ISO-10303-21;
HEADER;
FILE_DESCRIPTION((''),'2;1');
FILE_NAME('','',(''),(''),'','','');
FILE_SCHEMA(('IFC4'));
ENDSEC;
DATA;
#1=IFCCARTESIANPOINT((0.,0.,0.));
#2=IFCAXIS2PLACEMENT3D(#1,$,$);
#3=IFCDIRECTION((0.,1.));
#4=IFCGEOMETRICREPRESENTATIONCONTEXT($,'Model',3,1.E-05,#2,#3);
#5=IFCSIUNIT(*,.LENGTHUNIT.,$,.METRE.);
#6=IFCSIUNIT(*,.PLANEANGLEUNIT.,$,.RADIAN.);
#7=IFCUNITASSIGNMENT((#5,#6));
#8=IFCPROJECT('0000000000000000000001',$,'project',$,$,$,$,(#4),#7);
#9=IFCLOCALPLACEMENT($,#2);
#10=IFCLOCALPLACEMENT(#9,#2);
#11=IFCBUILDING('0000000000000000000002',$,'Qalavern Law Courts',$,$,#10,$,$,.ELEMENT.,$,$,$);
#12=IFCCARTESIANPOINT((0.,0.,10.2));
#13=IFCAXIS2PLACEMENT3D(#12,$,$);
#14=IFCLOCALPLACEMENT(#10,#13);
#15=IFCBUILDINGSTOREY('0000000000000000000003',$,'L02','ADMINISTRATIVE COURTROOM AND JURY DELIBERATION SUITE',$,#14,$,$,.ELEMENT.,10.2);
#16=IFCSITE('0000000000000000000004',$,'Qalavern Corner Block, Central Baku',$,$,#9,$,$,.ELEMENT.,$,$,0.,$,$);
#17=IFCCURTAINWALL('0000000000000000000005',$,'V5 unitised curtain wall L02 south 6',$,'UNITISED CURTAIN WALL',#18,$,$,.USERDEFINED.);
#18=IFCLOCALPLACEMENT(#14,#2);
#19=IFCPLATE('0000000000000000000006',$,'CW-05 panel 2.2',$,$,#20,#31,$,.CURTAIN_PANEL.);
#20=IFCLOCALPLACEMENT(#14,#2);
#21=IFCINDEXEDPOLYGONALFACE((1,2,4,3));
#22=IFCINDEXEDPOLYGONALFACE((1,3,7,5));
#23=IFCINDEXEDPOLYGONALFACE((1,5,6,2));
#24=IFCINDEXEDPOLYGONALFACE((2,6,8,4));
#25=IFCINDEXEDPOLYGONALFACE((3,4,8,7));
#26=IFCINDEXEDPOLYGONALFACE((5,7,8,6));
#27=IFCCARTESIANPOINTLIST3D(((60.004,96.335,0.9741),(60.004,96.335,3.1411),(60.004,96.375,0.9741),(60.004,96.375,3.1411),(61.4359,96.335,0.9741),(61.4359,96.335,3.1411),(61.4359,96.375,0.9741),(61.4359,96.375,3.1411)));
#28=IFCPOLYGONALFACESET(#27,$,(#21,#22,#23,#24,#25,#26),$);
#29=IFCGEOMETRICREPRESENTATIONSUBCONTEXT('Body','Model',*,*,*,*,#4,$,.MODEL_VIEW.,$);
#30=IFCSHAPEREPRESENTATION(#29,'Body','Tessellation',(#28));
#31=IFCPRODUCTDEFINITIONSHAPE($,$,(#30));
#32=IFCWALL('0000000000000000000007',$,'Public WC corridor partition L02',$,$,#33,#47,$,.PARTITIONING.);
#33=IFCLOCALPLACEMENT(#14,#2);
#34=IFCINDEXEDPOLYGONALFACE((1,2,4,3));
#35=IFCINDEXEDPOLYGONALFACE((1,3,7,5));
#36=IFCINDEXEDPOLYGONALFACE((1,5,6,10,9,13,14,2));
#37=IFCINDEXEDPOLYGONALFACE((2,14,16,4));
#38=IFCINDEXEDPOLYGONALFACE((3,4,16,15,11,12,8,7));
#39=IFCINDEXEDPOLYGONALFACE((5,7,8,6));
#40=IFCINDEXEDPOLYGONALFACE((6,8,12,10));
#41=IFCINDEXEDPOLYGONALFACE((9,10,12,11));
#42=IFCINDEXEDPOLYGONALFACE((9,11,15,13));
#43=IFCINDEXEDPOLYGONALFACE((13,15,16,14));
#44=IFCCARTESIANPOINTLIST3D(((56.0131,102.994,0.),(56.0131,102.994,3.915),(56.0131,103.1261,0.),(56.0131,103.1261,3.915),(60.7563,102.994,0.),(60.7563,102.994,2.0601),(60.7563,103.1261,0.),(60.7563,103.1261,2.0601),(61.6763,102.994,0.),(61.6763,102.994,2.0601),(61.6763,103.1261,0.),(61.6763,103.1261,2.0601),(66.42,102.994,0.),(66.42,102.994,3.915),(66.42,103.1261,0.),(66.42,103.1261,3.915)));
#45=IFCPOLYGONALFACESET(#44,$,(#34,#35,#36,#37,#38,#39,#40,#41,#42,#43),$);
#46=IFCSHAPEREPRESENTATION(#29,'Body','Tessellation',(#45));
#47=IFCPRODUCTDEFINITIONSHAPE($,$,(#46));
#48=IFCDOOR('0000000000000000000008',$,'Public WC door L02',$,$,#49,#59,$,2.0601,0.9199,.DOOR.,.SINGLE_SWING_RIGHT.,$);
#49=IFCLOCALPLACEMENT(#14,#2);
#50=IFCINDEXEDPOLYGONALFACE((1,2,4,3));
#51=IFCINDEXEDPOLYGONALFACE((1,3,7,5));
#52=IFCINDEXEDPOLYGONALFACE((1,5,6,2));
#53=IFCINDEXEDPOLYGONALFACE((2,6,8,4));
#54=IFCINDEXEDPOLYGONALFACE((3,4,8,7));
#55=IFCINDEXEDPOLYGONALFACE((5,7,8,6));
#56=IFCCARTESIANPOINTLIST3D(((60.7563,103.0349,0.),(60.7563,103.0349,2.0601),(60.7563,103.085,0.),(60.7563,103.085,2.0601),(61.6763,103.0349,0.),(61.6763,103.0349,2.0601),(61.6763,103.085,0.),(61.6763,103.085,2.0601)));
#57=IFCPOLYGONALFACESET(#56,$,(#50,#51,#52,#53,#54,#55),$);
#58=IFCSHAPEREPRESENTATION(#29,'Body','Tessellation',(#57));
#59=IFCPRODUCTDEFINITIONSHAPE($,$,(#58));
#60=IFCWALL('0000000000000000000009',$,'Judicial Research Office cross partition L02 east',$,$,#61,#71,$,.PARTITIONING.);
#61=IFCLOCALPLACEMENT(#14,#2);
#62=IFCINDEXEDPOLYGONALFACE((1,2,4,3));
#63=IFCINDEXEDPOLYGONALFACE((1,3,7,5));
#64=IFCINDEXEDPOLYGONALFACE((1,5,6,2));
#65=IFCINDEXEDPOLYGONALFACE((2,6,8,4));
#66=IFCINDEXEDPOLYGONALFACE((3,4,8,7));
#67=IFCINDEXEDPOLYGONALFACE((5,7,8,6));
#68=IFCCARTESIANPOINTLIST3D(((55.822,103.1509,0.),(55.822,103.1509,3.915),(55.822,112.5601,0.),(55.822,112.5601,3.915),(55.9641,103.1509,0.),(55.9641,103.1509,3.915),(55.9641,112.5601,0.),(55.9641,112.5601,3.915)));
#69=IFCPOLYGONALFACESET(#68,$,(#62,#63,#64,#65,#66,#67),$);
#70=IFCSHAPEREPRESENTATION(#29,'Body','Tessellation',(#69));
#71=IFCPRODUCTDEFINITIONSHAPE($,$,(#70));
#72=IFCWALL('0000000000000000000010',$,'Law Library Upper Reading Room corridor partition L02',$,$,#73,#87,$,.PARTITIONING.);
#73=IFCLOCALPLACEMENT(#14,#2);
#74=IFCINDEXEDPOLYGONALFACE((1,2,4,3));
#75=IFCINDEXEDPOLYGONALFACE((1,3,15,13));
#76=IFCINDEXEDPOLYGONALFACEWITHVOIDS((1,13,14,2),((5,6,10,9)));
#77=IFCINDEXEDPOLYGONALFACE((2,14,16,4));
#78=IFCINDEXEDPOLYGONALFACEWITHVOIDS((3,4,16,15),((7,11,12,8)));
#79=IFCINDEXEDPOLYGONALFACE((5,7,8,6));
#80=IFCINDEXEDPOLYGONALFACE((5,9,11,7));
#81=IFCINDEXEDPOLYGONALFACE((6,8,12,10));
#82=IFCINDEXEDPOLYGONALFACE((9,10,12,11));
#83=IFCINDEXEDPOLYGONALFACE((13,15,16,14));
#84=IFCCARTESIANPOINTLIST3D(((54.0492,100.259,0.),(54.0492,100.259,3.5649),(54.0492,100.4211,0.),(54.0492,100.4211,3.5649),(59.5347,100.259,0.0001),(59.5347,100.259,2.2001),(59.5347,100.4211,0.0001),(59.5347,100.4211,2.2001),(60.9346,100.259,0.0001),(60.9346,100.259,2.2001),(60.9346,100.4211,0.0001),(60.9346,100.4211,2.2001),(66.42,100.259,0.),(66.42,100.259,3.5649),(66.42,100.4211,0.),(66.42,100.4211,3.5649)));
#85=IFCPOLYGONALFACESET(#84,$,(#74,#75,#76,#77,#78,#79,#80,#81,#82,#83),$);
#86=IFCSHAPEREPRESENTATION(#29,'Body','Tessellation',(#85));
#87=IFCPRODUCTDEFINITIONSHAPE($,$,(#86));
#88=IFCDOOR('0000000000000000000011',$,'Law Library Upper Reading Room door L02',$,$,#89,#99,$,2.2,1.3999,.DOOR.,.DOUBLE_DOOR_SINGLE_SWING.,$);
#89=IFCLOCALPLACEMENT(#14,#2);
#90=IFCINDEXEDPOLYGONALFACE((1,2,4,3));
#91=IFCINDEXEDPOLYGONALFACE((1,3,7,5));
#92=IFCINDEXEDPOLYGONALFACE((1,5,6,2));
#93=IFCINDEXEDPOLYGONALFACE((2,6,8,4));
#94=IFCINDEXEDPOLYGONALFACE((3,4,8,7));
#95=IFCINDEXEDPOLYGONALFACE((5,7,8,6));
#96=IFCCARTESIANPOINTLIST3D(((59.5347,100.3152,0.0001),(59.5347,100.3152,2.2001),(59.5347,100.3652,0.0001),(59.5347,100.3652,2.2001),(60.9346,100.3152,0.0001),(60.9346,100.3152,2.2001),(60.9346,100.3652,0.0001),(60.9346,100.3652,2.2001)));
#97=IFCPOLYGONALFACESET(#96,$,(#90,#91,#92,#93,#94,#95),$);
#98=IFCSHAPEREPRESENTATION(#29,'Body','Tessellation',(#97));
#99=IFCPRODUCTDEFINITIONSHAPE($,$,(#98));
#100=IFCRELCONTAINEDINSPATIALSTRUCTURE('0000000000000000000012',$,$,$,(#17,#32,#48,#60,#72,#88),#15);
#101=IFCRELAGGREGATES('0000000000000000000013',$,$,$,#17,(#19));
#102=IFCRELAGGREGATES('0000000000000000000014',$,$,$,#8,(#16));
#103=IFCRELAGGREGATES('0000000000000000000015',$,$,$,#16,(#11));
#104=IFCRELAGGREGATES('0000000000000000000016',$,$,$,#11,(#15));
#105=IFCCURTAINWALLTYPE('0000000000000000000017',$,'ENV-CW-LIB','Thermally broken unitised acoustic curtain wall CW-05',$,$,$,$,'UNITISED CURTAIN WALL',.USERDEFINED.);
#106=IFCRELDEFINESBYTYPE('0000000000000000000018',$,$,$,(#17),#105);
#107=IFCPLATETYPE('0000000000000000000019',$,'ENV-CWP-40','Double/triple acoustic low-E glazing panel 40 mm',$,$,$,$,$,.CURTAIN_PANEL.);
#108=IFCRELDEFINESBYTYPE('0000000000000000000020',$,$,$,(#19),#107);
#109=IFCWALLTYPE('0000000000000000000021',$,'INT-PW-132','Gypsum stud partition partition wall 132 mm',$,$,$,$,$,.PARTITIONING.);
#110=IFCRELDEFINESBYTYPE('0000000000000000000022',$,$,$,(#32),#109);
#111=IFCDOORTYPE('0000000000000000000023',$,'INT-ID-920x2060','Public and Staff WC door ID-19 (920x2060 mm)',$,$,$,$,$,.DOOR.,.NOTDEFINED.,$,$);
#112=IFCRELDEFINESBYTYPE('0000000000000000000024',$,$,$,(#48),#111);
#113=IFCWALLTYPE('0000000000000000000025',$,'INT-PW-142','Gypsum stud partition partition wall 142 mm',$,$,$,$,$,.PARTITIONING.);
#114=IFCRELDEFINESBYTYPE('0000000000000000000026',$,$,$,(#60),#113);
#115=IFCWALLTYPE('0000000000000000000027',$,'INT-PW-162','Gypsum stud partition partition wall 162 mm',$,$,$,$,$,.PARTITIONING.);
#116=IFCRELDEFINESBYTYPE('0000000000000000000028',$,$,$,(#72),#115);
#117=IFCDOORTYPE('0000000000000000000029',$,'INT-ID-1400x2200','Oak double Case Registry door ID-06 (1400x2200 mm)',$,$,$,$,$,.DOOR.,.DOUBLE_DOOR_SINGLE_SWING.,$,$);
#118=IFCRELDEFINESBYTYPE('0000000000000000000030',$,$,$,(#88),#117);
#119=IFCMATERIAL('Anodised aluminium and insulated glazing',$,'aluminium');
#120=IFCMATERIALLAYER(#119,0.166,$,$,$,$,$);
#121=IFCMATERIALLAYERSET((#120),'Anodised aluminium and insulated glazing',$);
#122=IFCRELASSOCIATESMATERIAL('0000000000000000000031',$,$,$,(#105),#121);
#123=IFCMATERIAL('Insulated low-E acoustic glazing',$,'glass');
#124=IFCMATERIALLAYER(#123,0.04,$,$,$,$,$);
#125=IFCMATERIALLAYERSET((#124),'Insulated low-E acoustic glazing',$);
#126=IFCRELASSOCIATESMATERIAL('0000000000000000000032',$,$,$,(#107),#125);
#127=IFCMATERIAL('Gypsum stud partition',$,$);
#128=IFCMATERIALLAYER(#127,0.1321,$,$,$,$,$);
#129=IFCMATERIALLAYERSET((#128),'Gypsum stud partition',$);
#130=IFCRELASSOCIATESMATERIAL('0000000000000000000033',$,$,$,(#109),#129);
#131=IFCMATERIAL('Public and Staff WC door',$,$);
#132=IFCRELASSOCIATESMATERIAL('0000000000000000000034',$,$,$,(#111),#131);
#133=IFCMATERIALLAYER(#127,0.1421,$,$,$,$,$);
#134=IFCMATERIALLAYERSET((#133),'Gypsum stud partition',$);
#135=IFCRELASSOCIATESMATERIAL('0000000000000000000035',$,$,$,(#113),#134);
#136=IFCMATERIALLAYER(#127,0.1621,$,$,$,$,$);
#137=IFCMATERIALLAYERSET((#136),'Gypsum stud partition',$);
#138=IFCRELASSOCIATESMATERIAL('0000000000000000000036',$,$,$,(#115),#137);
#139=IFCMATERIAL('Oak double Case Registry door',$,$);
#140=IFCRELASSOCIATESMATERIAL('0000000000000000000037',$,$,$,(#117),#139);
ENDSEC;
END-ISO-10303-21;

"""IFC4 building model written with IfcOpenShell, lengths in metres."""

from ifc_helpers import new_model, si_unit, direction, frame, frame_2d, origin, origin_2d, place, context, subcontext, project, spatial, rectangle, extrude, material, layer, layer_set, type_object, element, fill, aggregate, save


model = new_model("IFC4")

# Units and contexts
model_context = context("Model", 3, precision=1e-05, world=origin(), true_north=direction((0.0, 1.0)))
body_context = subcontext(model_context, "Body", "Model", "MODEL_VIEW")
ifc_project = project(units=[si_unit("LENGTHUNIT", "METRE"), si_unit("PLANEANGLEUNIT", "RADIAN")], contexts=[model_context])

# Site, building, storey
site_placement = place(None, origin())
site = spatial("IfcSite", under=ifc_project, at=site_placement, Name="Qalavern Corner Block, Central Baku", CompositionType="ELEMENT", RefElevation=0.0)
building_placement = place(site_placement, origin())
building = spatial("IfcBuilding", under=site, at=building_placement, Name="Qalavern Law Courts", CompositionType="ELEMENT")
storey_placement = place(building_placement, frame((0.0, 0.0, 10.2)))
storey = spatial("IfcBuildingStorey", under=building, at=storey_placement, Name="L02", Description="ADMINISTRATIVE COURTROOM AND JURY DELIBERATION SUITE", CompositionType="ELEMENT", Elevation=10.2)

# Curtain wall
ifc_material_1 = material(Name="Anodised aluminium and insulated glazing", Category="aluminium")
ifc_layer_1 = layer(ifc_material_1, 0.166)
ifc_layer_set_1 = layer_set([ifc_layer_1], Name="Anodised aluminium and insulated glazing")
curtain_wall_type = type_object("IfcCurtainWallType", Name="ENV-CW-LIB", Description="Thermally broken unitised acoustic curtain wall CW-05", ElementType="UNITISED CURTAIN WALL", PredefinedType="USERDEFINED", material=ifc_layer_set_1)
curtain_wall_placement = place(storey_placement, origin())
curtain_wall = element("IfcCurtainWall", 1, at=curtain_wall_placement, inside=storey, type_object=curtain_wall_type, Name="V5 unitised curtain wall L02 south 6", ObjectType="UNITISED CURTAIN WALL", PredefinedType="USERDEFINED")

# Plate
ifc_material_2 = material(Name="Insulated low-E acoustic glazing", Category="glass")
ifc_layer_2 = layer(ifc_material_2, 0.04)
ifc_layer_set_2 = layer_set([ifc_layer_2], Name="Insulated low-E acoustic glazing")
plate_type = type_object("IfcPlateType", Name="ENV-CWP-40", Description="Double/triple acoustic low-E glazing panel 40 mm", PredefinedType="CURTAIN_PANEL", material=ifc_layer_set_2)
plate_1_placement = place(storey_placement, frame((60.72, 96.355, 0.9741), z_axis=(0.0, 0.0, 1.0), x_axis=(1.0, 0.0, 0.0)))
plate_1 = element("IfcPlate", 2, at=plate_1_placement, type_object=plate_type, Name="CW-05 panel 2.2", PredefinedType="CURTAIN_PANEL", context=body_context, shape_type="SweptSolid", body=[
    extrude(rectangle(XDim=1.4319, YDim=0.04, at=origin_2d()), origin(), (0.0, 0.0, 1.0), 2.167),
])
aggregate(curtain_wall, [plate_1])

# Wall, opening, door
ifc_material_3 = material(Name="Gypsum stud partition")
ifc_layer_3 = layer(ifc_material_3, 0.1321)
ifc_layer_set_3 = layer_set([ifc_layer_3], Name="Gypsum stud partition")
wall_type_1 = type_object("IfcWallType", Name="INT-PW-132", Description="Gypsum stud partition partition wall 132 mm", PredefinedType="PARTITIONING", material=ifc_layer_set_3)
wall_1_placement = place(storey_placement, frame((56.0129, 103.0601, 0.0), z_axis=(0.0, 0.0, 1.0), x_axis=(1.0, 0.0, 0.0)))
wall_1 = element("IfcWall", 3, at=wall_1_placement, inside=storey, type_object=wall_type_1, Name="Public WC corridor partition L02", PredefinedType="PARTITIONING", context=body_context, shape_type="SweptSolid", body=[
    extrude(rectangle(XDim=10.407, YDim=0.1321, at=frame_2d((5.2036, 0.0))), origin(), (0.0, 0.0, 1.0), 3.915),
])
opening_1_placement = place(wall_1_placement, frame((4.7434, 0.0, 0.0)))
opening_1 = element("IfcOpeningElement", 4, at=opening_1_placement, cuts=wall_1, PredefinedType="OPENING", context=body_context, shape_type="SweptSolid", body=[
    extrude(rectangle(XDim=0.9199, YDim=2.0601, at=frame_2d((0.46, 1.03))), frame((0.0, 0.0811, 0.0), z_axis=(0.0, -1.0, 0.0), x_axis=(1.0, 0.0, 0.0)), (0.0, 0.0, 1.0), 0.1619),
])
ifc_material_4 = material(Name="Public and Staff WC door")
door_type_1 = type_object("IfcDoorType", Name="INT-ID-920x2060", Description="Public and Staff WC door ID-19 (920x2060 mm)", OperationType="NOTDEFINED", PredefinedType="DOOR", material=ifc_material_4)
door_1_placement = place(opening_1_placement, origin())
door_1 = element("IfcDoor", 5, at=door_1_placement, inside=storey, type_object=door_type_1, Name="Public WC door L02", OperationType="SINGLE_SWING_RIGHT", OverallHeight=2.0601, OverallWidth=0.9199, PredefinedType="DOOR", context=body_context, shape_type="SweptSolid", body=[
    extrude(rectangle(XDim=0.9199, YDim=2.0601, at=frame_2d((0.46, 1.03))), frame((0.0, 0.0249, 0.0), z_axis=(0.0, -1.0, 0.0), x_axis=(1.0, 0.0, 0.0)), (0.0, 0.0, 1.0), 0.05),
])
fill(opening_1, door_1)

# Wall
ifc_layer_4 = layer(ifc_material_3, 0.1421)
ifc_layer_set_4 = layer_set([ifc_layer_4], Name="Gypsum stud partition")
wall_type_2 = type_object("IfcWallType", Name="INT-PW-142", Description="Gypsum stud partition partition wall 142 mm", PredefinedType="PARTITIONING", material=ifc_layer_set_4)
wall_2_placement = place(storey_placement, frame((55.8931, 103.1509, 0.0), z_axis=(0.0, 0.0, 1.0), x_axis=(0.0, 1.0, 0.0)))
element("IfcWall", 6, at=wall_2_placement, inside=storey, type_object=wall_type_2, Name="Judicial Research Office cross partition L02 east", PredefinedType="PARTITIONING", context=body_context, shape_type="SweptSolid", body=[
    extrude(rectangle(XDim=9.4092, YDim=0.1421, at=frame_2d((4.7046, 0.0))), origin(), (0.0, 0.0, 1.0), 3.915),
])

# Wall, opening, door
ifc_layer_5 = layer(ifc_material_3, 0.1621)
ifc_layer_set_5 = layer_set([ifc_layer_5], Name="Gypsum stud partition")
wall_type_3 = type_object("IfcWallType", Name="INT-PW-162", Description="Gypsum stud partition partition wall 162 mm", PredefinedType="PARTITIONING", material=ifc_layer_set_5)
wall_3_placement = place(storey_placement, frame((54.0491, 100.3401, 0.0), z_axis=(0.0, 0.0, 1.0), x_axis=(1.0, 0.0, 0.0)))
wall_3 = element("IfcWall", 7, at=wall_3_placement, inside=storey, type_object=wall_type_3, Name="Law Library Upper Reading Room corridor partition L02", PredefinedType="PARTITIONING", context=body_context, shape_type="SweptSolid", body=[
    extrude(rectangle(XDim=12.3708, YDim=0.1621, at=frame_2d((6.1855, 0.0))), origin(), (0.0, 0.0, 1.0), 3.5649),
])
opening_2_placement = place(wall_3_placement, frame((5.4856, 0.0, 0.0)))
opening_2 = element("IfcOpeningElement", 8, at=opening_2_placement, cuts=wall_3, PredefinedType="OPENING", context=body_context, shape_type="SweptSolid", body=[
    extrude(rectangle(XDim=1.3999, YDim=2.2, at=frame_2d((0.7, 1.1001))), frame((0.0, 0.0959, 0.0), z_axis=(0.0, -1.0, 0.0), x_axis=(1.0, 0.0, 0.0)), (0.0, 0.0, 1.0), 0.1919),
])
ifc_material_5 = material(Name="Oak double Case Registry door")
door_type_2 = type_object("IfcDoorType", Name="INT-ID-1400x2200", Description="Oak double Case Registry door ID-06 (1400x2200 mm)", OperationType="DOUBLE_DOOR_SINGLE_SWING", PredefinedType="DOOR", material=ifc_material_5)
door_2_placement = place(opening_2_placement, frame((1.3999, 0.0, 0.0), z_axis=(0.0, 0.0, 1.0), x_axis=(-1.0, 0.0, 0.0)))
door_2 = element("IfcDoor", 9, at=door_2_placement, inside=storey, type_object=door_type_2, Name="Law Library Upper Reading Room door L02", OperationType="DOUBLE_DOOR_SINGLE_SWING", OverallHeight=2.2, OverallWidth=1.3999, PredefinedType="DOOR", context=body_context, shape_type="SweptSolid", body=[
    extrude(rectangle(XDim=1.3999, YDim=2.2, at=frame_2d((0.7, 1.1001))), frame((0.0, 0.0249, 0.0), z_axis=(0.0, -1.0, 0.0), x_axis=(1.0, 0.0, 0.0)), (0.0, 0.0, 1.0), 0.05),
])
fill(opening_2, door_2)

save(model, "model.ifc")
